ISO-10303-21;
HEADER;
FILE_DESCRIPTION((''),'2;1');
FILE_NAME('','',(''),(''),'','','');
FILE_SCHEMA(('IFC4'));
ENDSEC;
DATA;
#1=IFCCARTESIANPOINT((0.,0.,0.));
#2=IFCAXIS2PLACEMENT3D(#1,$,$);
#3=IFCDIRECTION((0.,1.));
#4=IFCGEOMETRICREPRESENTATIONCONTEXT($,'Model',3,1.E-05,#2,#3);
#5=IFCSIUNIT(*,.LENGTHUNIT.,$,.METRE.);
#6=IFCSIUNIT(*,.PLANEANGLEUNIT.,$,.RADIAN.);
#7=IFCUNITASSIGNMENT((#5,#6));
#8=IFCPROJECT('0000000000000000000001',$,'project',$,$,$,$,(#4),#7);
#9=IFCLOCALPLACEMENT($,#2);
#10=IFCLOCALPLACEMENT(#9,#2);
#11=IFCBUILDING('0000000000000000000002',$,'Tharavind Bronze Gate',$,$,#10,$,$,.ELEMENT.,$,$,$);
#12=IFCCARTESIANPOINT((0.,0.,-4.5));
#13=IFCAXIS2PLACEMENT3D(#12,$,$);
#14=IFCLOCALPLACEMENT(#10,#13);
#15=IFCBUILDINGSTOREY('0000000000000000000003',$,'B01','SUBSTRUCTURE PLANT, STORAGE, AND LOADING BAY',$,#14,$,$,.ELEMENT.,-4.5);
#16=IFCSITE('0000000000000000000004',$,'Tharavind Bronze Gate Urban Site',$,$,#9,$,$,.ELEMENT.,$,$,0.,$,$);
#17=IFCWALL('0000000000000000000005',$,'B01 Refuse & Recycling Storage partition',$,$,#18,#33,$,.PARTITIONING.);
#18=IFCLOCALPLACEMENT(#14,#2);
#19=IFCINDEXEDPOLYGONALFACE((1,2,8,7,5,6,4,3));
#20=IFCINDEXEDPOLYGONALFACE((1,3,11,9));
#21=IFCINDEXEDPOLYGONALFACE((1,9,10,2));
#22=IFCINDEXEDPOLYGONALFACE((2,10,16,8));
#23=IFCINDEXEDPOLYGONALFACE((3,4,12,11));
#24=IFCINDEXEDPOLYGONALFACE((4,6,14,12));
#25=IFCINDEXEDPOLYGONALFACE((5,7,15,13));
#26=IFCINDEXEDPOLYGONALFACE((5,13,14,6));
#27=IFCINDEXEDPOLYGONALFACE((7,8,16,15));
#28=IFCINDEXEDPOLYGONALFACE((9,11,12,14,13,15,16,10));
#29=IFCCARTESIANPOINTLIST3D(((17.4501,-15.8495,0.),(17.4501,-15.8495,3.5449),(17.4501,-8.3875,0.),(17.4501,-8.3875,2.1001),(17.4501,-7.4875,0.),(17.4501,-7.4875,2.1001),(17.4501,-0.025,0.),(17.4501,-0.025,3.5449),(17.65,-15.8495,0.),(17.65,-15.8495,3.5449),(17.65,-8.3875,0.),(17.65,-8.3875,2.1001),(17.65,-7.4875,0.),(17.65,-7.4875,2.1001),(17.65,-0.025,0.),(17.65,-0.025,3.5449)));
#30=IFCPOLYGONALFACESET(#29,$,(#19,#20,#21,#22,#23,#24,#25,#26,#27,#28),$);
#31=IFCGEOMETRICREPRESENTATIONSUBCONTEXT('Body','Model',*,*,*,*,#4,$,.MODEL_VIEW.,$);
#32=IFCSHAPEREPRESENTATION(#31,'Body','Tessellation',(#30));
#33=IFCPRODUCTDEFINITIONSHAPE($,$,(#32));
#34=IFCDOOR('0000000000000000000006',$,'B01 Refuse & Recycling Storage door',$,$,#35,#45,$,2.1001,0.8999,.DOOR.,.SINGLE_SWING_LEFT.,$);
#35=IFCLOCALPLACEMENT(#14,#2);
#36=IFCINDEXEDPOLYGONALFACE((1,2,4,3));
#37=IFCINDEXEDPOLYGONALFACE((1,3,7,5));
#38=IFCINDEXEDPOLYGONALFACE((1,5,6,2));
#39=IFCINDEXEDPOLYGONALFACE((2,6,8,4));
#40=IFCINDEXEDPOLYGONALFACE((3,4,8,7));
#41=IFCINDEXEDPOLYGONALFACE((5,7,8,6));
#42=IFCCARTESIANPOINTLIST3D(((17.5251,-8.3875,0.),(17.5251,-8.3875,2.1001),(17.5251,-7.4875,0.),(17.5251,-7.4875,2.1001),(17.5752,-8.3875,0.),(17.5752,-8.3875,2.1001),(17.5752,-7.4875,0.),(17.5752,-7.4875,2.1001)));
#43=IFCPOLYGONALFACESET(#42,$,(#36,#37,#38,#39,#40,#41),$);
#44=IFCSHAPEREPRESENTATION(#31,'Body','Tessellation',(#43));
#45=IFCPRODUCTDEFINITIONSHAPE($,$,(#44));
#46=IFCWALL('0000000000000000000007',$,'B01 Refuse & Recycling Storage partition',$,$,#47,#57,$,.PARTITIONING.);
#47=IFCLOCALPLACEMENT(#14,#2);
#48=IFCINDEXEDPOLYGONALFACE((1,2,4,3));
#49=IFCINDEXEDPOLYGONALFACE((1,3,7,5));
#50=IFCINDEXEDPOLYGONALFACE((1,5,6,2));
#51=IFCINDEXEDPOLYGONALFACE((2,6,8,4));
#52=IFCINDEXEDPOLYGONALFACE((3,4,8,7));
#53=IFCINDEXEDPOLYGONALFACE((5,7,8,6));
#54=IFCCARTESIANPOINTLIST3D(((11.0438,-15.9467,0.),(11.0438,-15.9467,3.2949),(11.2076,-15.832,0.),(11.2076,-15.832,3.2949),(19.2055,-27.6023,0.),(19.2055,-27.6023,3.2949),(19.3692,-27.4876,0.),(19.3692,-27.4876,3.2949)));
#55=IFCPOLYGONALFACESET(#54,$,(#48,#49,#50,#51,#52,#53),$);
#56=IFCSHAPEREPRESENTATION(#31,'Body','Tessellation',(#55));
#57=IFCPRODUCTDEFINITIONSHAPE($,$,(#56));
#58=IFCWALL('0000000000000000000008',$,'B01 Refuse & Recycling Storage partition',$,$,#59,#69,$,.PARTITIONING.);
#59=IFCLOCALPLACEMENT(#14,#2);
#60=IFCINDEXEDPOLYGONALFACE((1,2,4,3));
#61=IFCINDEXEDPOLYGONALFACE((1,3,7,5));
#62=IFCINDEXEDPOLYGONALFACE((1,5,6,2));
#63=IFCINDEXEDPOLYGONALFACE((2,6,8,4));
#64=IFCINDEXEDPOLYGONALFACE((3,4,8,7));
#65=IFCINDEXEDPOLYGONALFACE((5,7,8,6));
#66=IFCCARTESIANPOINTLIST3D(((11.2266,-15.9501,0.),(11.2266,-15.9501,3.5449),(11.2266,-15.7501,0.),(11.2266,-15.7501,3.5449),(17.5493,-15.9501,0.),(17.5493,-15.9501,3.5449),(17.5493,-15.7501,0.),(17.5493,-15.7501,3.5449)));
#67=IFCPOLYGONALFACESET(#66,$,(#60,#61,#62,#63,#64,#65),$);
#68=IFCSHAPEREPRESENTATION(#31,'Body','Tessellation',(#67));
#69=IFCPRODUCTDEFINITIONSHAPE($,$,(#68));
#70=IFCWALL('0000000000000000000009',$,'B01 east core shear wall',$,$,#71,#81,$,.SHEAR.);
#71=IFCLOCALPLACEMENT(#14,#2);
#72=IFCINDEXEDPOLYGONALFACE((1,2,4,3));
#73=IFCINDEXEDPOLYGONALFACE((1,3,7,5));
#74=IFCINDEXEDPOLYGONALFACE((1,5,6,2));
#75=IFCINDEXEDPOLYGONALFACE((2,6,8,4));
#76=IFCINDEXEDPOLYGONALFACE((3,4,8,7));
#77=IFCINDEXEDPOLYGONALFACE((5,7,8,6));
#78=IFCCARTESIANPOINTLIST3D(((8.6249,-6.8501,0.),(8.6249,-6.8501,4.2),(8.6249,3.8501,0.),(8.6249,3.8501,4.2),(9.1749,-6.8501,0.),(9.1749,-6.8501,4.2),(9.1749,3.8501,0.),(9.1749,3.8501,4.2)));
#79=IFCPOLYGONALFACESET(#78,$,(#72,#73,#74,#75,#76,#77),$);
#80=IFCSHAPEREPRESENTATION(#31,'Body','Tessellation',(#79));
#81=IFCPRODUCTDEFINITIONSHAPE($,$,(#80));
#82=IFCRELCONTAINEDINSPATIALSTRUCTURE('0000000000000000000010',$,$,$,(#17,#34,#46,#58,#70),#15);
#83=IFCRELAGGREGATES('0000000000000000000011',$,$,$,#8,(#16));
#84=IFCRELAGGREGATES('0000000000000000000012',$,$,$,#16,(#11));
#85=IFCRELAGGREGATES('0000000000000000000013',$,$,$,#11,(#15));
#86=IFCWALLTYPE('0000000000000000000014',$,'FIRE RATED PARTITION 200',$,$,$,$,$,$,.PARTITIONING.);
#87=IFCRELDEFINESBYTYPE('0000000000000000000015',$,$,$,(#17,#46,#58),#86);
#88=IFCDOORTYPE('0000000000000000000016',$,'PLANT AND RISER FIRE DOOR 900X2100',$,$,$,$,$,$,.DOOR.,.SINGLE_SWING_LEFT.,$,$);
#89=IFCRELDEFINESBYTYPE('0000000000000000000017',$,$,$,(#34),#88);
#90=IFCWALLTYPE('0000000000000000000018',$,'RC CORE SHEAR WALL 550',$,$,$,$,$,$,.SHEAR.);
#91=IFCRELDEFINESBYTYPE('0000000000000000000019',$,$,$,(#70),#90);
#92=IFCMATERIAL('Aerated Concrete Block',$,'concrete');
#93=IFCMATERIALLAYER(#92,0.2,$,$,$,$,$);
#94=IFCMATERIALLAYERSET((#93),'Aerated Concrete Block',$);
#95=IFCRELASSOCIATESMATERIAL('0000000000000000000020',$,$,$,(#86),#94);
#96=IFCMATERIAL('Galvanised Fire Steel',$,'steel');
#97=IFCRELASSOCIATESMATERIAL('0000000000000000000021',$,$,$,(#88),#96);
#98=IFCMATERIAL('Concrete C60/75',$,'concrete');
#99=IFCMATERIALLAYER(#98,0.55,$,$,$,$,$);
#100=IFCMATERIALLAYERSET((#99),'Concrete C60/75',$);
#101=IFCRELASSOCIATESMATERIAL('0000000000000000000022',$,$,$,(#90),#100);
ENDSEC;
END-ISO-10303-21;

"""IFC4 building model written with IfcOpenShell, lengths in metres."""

from ifc_helpers import new_model, si_unit, direction, frame, frame_2d, origin, place, context, subcontext, project, spatial, rectangle, extrude, material, layer, layer_set, type_object, element, fill, save


model = new_model("IFC4")

# Units and contexts
model_context = context("Model", 3, precision=1e-05, world=origin(), true_north=direction((0.0, 1.0)))
body_context = subcontext(model_context, "Body", "Model", "MODEL_VIEW")
ifc_project = project(units=[si_unit("LENGTHUNIT", "METRE"), si_unit("PLANEANGLEUNIT", "RADIAN")], contexts=[model_context])

# Site, building, storey
site_placement = place(None, origin())
site = spatial("IfcSite", under=ifc_project, at=site_placement, Name="Tharavind Bronze Gate Urban Site", CompositionType="ELEMENT", RefElevation=0.0)
building_placement = place(site_placement, origin())
building = spatial("IfcBuilding", under=site, at=building_placement, Name="Tharavind Bronze Gate", CompositionType="ELEMENT")
storey_placement = place(building_placement, frame((0.0, 0.0, -4.5)))
storey = spatial("IfcBuildingStorey", under=building, at=storey_placement, Name="B01", Description="SUBSTRUCTURE PLANT, STORAGE, AND LOADING BAY", CompositionType="ELEMENT", Elevation=-4.5)

# Shared definitions
ifc_material_1 = material(Name="Concrete C60/75", Category="concrete")

# Wall, opening, door
ifc_material_2 = material(Name="Aerated Concrete Block", Category="concrete")
ifc_layer_1 = layer(ifc_material_2, 0.2)
ifc_layer_set_1 = layer_set([ifc_layer_1], Name="Aerated Concrete Block")
wall_type_1 = type_object("IfcWallType", Name="FIRE RATED PARTITION 200", PredefinedType="PARTITIONING", material=ifc_layer_set_1)
wall_1_placement = place(storey_placement, frame((17.55, -15.8494, 0.0), z_axis=(0.0, 0.0, 1.0), x_axis=(0.0, 1.0, 0.0)))
wall_1 = element("IfcWall", 1, at=wall_1_placement, inside=storey, type_object=wall_type_1, Name="B01 Refuse & Recycling Storage partition", PredefinedType="PARTITIONING", context=body_context, shape_type="SweptSolid", body=[
    extrude(rectangle(XDim=15.8245, YDim=0.2, at=frame_2d((7.9121, 0.0))), origin(), (0.0, 0.0, 1.0), 3.5449),
])
opening_1_placement = place(wall_1_placement, frame((7.4619, 0.0, 0.0)))
opening_1 = element("IfcOpeningElement", 2, at=opening_1_placement, cuts=wall_1, PredefinedType="OPENING", context=body_context, shape_type="SweptSolid", body=[
    extrude(rectangle(XDim=0.8999, YDim=2.1001, at=frame_2d((0.45, 1.05))), frame((0.0, 0.1101, 0.0), z_axis=(0.0, -1.0, 0.0), x_axis=(1.0, 0.0, 0.0)), (0.0, 0.0, 1.0), 0.22),
])
ifc_material_3 = material(Name="Galvanised Fire Steel", Category="steel")
door_type_1 = type_object("IfcDoorType", Name="PLANT AND RISER FIRE DOOR 900X2100", OperationType="SINGLE_SWING_LEFT", PredefinedType="DOOR", material=ifc_material_3)
door_1_placement = place(opening_1_placement, origin())
door_1 = element("IfcDoor", 3, at=door_1_placement, inside=storey, type_object=door_type_1, Name="B01 Refuse & Recycling Storage door", OperationType="SINGLE_SWING_LEFT", OverallHeight=2.1001, OverallWidth=0.8999, PredefinedType="DOOR", context=body_context, shape_type="SweptSolid", body=[
    extrude(rectangle(XDim=0.8999, YDim=2.1001, at=frame_2d((0.45, 1.05))), frame((0.0, 0.0249, 0.0), z_axis=(0.0, -1.0, 0.0), x_axis=(1.0, 0.0, 0.0)), (0.0, 0.0, 1.0), 0.05),
])
fill(opening_1, door_1)

# Walls
wall_2_placement = place(storey_placement, frame((19.2874, -27.5449, 0.0), z_axis=(0.0, 0.0, 1.0), x_axis=(-0.573592, 0.819141, 0.0)))
element("IfcWall", 4, at=wall_2_placement, inside=storey, type_object=wall_type_1, Name="B01 Refuse & Recycling Storage partition", PredefinedType="PARTITIONING", context=body_context, shape_type="SweptSolid", body=[
    extrude(rectangle(XDim=14.229, YDim=0.2, at=frame_2d((7.1145, 0.0))), origin(), (0.0, 0.0, 1.0), 3.2949),
])
wall_3_placement = place(storey_placement, frame((11.2266, -15.8501, 0.0), z_axis=(0.0, 0.0, 1.0), x_axis=(1.0, 0.0, 0.0)))
element("IfcWall", 5, at=wall_3_placement, inside=storey, type_object=wall_type_1, Name="B01 Refuse & Recycling Storage partition", PredefinedType="PARTITIONING", context=body_context, shape_type="SweptSolid", body=[
    extrude(rectangle(XDim=6.3228, YDim=0.2, at=frame_2d((3.1614, 0.0))), origin(), (0.0, 0.0, 1.0), 3.5449),
])
ifc_layer_2 = layer(ifc_material_1, 0.55)
ifc_layer_set_2 = layer_set([ifc_layer_2], Name="Concrete C60/75")
wall_type_2 = type_object("IfcWallType", Name="RC CORE SHEAR WALL 550", PredefinedType="SHEAR", material=ifc_layer_set_2)
wall_4_placement = place(storey_placement, frame((8.8999, -6.8501, 0.0), z_axis=(0.0, 0.0, 1.0), x_axis=(0.0, 1.0, 0.0)))
element("IfcWall", 6, at=wall_4_placement, inside=storey, type_object=wall_type_2, Name="B01 east core shear wall", PredefinedType="SHEAR", context=body_context, shape_type="SweptSolid", body=[
    extrude(rectangle(XDim=10.7002, YDim=0.55, at=frame_2d((5.3501, 0.0))), origin(), (0.0, 0.0, 1.0), 4.2),
])

save(model, "model.ifc")
